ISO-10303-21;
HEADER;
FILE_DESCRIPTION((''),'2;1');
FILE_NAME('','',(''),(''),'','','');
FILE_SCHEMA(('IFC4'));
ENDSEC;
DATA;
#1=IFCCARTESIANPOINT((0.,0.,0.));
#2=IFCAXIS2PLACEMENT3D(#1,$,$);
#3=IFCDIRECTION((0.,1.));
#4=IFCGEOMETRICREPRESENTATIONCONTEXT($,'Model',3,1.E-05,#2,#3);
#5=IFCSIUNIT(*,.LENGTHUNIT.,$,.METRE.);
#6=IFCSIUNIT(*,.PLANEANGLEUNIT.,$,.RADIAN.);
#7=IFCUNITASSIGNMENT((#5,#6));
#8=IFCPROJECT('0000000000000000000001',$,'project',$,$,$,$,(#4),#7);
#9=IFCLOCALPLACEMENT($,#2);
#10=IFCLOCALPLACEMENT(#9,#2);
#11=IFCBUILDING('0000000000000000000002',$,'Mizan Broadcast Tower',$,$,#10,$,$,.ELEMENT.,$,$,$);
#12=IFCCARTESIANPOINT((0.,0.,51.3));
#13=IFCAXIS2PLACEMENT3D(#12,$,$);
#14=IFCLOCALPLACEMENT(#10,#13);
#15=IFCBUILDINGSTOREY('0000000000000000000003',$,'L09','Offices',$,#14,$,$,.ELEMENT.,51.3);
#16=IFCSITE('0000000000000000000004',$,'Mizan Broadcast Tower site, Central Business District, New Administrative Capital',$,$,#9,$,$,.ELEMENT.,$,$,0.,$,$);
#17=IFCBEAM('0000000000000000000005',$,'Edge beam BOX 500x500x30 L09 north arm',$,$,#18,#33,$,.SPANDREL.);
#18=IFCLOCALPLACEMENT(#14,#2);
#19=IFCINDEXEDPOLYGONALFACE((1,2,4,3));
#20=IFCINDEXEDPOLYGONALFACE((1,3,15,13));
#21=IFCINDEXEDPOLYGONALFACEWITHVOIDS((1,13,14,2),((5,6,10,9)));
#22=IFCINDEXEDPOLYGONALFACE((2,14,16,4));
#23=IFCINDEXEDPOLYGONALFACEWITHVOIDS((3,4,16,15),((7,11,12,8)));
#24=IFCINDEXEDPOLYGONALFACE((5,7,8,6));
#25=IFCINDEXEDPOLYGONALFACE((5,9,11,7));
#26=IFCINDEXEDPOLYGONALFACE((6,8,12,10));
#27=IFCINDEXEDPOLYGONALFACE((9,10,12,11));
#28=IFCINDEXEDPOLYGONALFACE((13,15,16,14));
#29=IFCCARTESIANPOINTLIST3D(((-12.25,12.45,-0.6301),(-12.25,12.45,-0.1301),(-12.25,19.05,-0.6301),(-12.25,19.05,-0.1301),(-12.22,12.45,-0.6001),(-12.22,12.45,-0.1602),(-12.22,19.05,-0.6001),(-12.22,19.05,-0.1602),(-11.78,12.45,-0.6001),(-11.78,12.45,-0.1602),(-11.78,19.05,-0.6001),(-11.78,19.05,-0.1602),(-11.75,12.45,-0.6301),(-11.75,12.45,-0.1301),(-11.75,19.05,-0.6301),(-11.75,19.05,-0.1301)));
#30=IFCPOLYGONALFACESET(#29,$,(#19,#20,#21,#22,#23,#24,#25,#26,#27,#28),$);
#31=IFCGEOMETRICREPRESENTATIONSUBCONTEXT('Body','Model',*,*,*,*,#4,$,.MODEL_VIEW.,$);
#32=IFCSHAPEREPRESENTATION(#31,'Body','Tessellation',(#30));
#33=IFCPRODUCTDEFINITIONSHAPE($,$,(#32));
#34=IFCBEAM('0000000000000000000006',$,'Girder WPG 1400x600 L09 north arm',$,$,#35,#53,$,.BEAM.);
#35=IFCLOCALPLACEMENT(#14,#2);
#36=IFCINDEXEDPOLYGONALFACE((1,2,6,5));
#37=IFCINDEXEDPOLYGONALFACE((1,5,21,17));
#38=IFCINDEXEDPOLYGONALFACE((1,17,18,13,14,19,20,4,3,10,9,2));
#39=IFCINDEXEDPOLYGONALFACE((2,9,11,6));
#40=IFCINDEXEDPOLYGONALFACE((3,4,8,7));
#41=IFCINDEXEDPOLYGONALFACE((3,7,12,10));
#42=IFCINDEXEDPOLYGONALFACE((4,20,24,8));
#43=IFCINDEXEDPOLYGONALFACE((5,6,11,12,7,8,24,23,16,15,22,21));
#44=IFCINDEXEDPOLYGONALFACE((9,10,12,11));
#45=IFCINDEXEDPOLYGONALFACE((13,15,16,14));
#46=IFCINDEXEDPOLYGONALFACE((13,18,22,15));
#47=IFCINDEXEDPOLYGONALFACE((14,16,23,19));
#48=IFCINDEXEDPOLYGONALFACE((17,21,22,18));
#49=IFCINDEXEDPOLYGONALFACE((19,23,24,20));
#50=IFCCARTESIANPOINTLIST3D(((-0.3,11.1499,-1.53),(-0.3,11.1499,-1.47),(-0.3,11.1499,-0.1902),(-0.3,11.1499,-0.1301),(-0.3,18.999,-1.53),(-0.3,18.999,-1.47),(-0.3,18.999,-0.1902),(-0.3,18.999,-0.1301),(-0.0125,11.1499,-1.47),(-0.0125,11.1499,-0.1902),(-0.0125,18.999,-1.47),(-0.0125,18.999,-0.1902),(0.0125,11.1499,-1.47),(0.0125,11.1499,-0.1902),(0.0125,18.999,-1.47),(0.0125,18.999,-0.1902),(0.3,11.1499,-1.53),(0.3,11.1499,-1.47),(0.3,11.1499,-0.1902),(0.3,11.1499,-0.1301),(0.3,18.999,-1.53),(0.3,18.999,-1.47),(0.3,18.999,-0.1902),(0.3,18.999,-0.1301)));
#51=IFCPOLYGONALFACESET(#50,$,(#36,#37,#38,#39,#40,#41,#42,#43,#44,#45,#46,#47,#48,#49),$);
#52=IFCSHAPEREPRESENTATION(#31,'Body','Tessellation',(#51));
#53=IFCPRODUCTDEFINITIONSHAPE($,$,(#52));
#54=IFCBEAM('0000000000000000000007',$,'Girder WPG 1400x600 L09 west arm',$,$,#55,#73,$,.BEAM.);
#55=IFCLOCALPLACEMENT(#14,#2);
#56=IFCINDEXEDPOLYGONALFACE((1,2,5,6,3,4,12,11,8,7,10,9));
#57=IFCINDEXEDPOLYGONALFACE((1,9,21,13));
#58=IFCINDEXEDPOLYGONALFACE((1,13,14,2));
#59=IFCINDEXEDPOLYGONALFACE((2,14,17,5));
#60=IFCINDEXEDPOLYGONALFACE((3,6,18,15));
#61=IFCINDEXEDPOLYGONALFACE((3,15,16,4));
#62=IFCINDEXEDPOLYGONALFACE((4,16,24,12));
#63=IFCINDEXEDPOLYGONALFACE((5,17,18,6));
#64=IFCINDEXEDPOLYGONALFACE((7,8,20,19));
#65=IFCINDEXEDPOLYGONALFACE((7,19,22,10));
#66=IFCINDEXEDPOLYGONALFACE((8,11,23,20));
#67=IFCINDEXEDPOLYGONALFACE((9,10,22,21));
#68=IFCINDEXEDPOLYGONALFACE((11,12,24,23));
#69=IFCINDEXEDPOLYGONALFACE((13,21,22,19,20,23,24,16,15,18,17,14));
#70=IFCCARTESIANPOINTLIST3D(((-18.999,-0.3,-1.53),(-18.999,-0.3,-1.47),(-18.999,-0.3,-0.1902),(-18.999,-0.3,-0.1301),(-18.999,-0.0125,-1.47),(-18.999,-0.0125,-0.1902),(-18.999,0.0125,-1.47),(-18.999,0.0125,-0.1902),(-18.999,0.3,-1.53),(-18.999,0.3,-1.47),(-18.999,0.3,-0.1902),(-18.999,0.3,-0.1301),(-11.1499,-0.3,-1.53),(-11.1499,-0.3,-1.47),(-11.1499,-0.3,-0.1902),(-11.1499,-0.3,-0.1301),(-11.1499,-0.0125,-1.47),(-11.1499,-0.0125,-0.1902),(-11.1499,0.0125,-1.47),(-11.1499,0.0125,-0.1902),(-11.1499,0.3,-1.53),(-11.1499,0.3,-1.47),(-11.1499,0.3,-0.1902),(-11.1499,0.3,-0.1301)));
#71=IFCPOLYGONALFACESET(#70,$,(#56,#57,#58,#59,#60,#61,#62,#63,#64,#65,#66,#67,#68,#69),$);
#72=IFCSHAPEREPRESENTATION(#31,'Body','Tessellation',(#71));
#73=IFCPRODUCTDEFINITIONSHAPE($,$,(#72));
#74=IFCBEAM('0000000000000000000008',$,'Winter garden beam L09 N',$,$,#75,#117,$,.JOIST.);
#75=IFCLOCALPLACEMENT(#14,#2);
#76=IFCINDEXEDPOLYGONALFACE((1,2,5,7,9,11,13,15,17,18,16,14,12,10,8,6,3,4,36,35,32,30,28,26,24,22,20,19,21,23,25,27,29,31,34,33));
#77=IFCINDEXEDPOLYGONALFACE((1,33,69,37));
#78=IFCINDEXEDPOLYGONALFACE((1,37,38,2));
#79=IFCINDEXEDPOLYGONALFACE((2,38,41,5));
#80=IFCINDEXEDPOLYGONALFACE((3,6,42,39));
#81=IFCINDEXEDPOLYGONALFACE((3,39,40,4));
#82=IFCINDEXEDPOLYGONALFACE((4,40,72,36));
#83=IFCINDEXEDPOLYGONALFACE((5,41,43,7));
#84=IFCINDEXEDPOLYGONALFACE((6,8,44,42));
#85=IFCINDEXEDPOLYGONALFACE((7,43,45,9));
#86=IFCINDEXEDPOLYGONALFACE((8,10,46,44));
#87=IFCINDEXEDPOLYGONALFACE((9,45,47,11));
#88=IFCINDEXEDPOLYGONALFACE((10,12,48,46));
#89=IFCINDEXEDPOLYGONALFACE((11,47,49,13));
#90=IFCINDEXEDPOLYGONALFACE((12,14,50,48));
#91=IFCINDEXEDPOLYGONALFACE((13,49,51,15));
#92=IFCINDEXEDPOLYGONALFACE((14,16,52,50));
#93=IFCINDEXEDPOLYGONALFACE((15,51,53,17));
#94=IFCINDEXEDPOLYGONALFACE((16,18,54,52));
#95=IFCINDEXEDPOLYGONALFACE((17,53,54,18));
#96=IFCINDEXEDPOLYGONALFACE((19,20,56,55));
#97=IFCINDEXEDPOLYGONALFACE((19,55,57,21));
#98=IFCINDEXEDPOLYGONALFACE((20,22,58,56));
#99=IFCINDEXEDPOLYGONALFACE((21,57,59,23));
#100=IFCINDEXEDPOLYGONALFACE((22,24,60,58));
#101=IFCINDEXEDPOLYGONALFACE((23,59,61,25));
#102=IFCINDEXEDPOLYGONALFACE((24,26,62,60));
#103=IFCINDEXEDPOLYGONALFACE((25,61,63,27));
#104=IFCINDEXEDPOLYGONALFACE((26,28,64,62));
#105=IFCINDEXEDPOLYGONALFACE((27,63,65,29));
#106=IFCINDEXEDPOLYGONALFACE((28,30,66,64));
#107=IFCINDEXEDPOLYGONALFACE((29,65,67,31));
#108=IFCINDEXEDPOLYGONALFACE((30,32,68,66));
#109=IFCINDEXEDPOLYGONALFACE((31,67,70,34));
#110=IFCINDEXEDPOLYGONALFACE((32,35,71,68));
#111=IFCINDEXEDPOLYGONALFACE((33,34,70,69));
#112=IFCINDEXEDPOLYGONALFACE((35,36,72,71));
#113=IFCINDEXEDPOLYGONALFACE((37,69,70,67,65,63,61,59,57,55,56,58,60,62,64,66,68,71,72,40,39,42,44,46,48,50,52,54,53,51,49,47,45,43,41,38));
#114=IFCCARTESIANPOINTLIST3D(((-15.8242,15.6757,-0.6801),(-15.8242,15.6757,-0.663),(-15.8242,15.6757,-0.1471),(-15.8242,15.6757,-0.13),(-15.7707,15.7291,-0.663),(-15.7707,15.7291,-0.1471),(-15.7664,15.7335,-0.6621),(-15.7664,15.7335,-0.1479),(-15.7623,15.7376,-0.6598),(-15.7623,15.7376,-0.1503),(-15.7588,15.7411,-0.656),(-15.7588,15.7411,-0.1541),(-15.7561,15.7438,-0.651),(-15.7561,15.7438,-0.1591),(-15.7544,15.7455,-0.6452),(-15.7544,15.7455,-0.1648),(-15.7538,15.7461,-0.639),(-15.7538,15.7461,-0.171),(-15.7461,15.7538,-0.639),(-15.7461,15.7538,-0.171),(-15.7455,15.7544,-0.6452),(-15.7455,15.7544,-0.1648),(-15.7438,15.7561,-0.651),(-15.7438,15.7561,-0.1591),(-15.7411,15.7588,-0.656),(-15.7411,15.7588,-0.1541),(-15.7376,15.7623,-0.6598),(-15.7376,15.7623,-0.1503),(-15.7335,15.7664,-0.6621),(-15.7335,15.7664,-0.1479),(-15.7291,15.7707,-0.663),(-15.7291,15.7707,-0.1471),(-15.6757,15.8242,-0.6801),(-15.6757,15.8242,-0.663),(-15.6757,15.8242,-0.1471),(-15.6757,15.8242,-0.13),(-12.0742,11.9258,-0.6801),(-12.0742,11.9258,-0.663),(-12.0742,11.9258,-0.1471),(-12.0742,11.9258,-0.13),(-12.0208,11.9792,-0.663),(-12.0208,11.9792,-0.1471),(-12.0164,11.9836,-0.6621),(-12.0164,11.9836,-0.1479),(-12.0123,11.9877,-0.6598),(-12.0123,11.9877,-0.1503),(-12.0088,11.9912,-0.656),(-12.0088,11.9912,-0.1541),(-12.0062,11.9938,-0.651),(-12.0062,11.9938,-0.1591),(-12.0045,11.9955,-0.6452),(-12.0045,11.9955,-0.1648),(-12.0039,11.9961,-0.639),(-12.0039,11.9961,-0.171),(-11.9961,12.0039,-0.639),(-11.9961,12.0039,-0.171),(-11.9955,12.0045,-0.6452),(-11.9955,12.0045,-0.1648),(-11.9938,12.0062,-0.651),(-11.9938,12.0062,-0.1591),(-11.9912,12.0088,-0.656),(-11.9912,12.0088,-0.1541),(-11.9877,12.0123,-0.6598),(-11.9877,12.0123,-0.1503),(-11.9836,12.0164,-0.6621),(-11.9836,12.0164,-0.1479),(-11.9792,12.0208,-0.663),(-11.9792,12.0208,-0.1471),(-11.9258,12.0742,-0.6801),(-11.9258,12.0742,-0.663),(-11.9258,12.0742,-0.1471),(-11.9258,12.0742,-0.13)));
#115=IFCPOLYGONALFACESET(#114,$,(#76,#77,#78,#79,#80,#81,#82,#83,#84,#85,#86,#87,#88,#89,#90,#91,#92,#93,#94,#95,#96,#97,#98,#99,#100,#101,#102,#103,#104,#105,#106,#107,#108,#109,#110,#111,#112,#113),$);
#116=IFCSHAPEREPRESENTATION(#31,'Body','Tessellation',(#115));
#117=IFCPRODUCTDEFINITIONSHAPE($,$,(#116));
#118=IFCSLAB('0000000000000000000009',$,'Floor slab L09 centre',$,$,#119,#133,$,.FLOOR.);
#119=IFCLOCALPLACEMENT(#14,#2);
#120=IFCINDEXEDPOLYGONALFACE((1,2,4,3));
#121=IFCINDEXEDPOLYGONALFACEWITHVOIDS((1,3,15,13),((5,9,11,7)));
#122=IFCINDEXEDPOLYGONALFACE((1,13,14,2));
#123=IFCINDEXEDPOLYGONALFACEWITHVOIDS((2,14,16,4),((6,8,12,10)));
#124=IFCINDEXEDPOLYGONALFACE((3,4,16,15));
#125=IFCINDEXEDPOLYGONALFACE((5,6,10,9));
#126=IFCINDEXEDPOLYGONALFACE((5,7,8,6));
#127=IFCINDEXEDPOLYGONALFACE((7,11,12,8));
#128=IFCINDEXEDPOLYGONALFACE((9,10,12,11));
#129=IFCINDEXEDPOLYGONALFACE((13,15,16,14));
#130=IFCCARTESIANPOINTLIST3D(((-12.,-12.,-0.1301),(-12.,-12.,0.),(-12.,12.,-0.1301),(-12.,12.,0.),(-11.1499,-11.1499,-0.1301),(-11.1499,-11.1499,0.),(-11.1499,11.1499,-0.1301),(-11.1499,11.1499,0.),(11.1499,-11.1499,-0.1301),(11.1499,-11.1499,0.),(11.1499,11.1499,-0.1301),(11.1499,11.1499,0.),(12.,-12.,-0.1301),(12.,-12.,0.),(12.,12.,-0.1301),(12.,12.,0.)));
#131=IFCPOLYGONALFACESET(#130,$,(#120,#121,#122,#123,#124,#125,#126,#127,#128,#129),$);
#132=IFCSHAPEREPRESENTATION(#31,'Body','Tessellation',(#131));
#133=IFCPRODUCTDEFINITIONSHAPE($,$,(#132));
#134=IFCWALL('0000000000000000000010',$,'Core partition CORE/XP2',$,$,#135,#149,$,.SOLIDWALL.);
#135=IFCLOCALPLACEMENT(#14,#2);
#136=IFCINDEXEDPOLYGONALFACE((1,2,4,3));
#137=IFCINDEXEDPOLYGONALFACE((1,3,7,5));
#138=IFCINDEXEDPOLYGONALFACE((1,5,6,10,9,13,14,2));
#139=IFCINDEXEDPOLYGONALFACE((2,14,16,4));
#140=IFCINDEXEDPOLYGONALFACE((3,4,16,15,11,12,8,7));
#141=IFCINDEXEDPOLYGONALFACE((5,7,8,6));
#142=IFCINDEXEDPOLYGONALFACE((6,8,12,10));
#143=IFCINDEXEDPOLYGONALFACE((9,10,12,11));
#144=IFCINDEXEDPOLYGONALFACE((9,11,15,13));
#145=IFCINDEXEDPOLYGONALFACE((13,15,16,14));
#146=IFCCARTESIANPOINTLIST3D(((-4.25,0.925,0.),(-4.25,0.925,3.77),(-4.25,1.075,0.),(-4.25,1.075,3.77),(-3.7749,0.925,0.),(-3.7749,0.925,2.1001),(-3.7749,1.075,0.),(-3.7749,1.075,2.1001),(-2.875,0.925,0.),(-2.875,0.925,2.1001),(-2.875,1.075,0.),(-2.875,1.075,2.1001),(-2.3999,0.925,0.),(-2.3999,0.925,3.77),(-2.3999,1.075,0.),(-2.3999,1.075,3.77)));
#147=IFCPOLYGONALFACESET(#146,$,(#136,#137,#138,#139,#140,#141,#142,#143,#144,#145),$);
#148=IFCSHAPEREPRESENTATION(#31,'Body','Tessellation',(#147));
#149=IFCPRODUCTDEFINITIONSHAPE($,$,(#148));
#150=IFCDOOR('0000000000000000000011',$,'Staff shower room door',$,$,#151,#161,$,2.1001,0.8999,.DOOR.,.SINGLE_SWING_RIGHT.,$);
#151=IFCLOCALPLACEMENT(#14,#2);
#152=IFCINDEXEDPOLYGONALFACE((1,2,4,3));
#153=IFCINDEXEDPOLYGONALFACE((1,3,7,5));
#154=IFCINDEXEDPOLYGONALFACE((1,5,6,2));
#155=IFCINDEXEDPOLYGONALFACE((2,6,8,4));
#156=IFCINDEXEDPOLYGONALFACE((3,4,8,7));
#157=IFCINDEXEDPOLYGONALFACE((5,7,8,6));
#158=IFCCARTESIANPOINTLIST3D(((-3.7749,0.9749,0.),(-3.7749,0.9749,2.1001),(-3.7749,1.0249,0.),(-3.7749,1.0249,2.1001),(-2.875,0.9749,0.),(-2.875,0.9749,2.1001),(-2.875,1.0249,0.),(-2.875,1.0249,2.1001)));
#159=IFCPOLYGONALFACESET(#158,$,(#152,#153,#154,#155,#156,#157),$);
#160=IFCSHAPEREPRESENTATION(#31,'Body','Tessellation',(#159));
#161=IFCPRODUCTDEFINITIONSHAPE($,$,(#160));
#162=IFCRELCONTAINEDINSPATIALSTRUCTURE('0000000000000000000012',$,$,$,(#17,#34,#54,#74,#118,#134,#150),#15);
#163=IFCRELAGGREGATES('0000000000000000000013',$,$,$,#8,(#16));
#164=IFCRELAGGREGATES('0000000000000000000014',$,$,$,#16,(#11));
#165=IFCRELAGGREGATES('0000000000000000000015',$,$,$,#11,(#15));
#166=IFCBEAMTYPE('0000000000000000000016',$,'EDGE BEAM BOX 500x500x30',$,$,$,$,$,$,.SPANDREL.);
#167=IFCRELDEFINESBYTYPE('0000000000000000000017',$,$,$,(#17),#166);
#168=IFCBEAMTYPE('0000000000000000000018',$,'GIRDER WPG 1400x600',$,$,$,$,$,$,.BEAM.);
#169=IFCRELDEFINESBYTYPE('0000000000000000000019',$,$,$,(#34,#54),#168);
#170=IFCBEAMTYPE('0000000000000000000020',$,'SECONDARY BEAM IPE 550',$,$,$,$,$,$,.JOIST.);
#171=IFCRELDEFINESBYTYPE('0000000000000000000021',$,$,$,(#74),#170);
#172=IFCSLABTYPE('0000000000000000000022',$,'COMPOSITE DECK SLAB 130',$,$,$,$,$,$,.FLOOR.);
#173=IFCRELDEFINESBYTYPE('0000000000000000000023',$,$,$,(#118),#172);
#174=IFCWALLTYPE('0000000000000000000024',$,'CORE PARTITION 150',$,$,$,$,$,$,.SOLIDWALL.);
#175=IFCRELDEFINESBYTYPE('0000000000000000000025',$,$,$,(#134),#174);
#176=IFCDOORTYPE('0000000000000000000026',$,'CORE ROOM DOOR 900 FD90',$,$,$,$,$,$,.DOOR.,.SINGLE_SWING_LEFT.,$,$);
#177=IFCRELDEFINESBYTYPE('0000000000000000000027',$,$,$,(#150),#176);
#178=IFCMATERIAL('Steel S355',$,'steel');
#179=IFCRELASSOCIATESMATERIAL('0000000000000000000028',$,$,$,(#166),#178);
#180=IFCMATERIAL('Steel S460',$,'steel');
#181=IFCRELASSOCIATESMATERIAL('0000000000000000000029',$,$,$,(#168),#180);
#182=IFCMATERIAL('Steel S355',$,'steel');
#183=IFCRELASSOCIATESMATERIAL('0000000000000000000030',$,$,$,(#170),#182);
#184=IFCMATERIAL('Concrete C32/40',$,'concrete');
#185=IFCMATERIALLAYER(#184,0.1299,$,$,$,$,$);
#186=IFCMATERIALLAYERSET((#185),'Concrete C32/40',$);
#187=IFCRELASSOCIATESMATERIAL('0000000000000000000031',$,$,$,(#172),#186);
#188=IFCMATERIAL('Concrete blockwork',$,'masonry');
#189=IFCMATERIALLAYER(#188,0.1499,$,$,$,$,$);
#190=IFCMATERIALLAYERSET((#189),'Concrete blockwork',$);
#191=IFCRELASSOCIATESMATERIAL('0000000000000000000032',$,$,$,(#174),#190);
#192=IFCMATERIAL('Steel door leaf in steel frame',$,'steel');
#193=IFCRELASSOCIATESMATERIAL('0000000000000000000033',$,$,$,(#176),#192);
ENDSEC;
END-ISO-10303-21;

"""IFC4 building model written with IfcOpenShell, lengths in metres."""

from ifc_helpers import new_model, si_unit, direction, frame, frame_2d, origin, origin_2d, place, context, subcontext, project, spatial, polyline, rectangle, hollow_rectangle, i_section, outline, extrude, material, layer, layer_set, material_profile, profile_set, type_object, element, fill, save


model = new_model("IFC4")

# Units and contexts
model_context = context("Model", 3, precision=1e-05, world=origin(), true_north=direction((0.0, 1.0)))
body_context = subcontext(model_context, "Body", "Model", "MODEL_VIEW")
ifc_project = project(units=[si_unit("LENGTHUNIT", "METRE"), si_unit("PLANEANGLEUNIT", "RADIAN")], contexts=[model_context])

# Site, building, storey
site_placement = place(None, origin())
site = spatial("IfcSite", under=ifc_project, at=site_placement, Name="Mizan Broadcast Tower site, Central Business District, New Administrative Capital", CompositionType="ELEMENT", RefElevation=0.0)
building_placement = place(site_placement, origin())
building = spatial("IfcBuilding", under=site, at=building_placement, Name="Mizan Broadcast Tower", CompositionType="ELEMENT")
storey_placement = place(building_placement, frame((0.0, 0.0, 51.3)))
storey = spatial("IfcBuildingStorey", under=building, at=storey_placement, Name="L09", Description="Offices", CompositionType="ELEMENT", Elevation=51.3)

# Beams
ifc_material_1 = material(Name="Steel S355", Category="steel")
ifc_material_profile_1 = material_profile(ifc_material_1, hollow_rectangle(XDim=0.5, YDim=0.5, WallThickness=0.03, at=origin_2d()), Name="BOX 500x500x30")
ifc_profile_set_1 = profile_set([ifc_material_profile_1], Name="Steel S355")
beam_type_1 = type_object("IfcBeamType", Name="EDGE BEAM BOX 500x500x30", PredefinedType="SPANDREL", material=ifc_profile_set_1)
beam_1_placement = place(storey_placement, frame((-12.0, 12.45, -0.3801), z_axis=(0.0, 1.0, 0.0), x_axis=(-1.0, 0.0, 0.0)))
element("IfcBeam", 1, at=beam_1_placement, inside=storey, type_object=beam_type_1, Name="Edge beam BOX 500x500x30 L09 north arm", PredefinedType="SPANDREL", context=body_context, shape_type="SweptSolid", body=[
    extrude(hollow_rectangle(XDim=0.5, YDim=0.5, WallThickness=0.03, at=origin_2d()), origin(), (0.0, 0.0, 1.0), 6.6001),
])
ifc_material_2 = material(Name="Steel S460", Category="steel")
ifc_material_profile_2 = material_profile(ifc_material_2, i_section(OverallWidth=0.6001, OverallDepth=1.3999, WebThickness=0.0249, FlangeThickness=0.0601, at=origin_2d()), Name="WPG 1400x600")
ifc_profile_set_2 = profile_set([ifc_material_profile_2], Name="Steel S460")
beam_type_2 = type_object("IfcBeamType", Name="GIRDER WPG 1400x600", PredefinedType="BEAM", material=ifc_profile_set_2)
for number, where, z_axis, x_axis, name in (
    (2, (0.0, 11.1499, -0.8301), (0.0, 1.0, 0.0), (-1.0, 0.0, 0.0), "Girder WPG 1400x600 L09 north arm"),
    (3, (-11.1499, 0.0, -0.8301), (-1.0, 0.0, 0.0), (0.0, -1.0, 0.0), "Girder WPG 1400x600 L09 west arm"),
):
    element("IfcBeam", number, at=place(storey_placement, frame(where, z_axis=z_axis, x_axis=x_axis)), inside=storey, type_object=beam_type_2, Name=name, PredefinedType="BEAM", context=body_context, shape_type="SweptSolid", body=[
        extrude(i_section(OverallWidth=0.6001, OverallDepth=1.3999, WebThickness=0.0249, FlangeThickness=0.0601, at=origin_2d()), origin(), (0.0, 0.0, 1.0), 7.8491),
    ])
ifc_material_3 = material(Name="Steel S355", Category="steel")
ifc_material_profile_3 = material_profile(ifc_material_3, i_section(OverallWidth=0.21, OverallDepth=0.55, WebThickness=0.011, FlangeThickness=0.0171, FilletRadius=0.0239, at=origin_2d()), Name="IPE 550")
ifc_profile_set_3 = profile_set([ifc_material_profile_3], Name="Steel S355")
beam_type_3 = type_object("IfcBeamType", Name="SECONDARY BEAM IPE 550", PredefinedType="JOIST", material=ifc_profile_set_3)
beam_2_placement = place(storey_placement, frame((-12.0, 12.0, -0.405), z_axis=(-0.707107, 0.707107, 0.0), x_axis=(-0.707107, -0.707107, 0.0)))
element("IfcBeam", 4, at=beam_2_placement, inside=storey, type_object=beam_type_3, Name="Winter garden beam L09 N", PredefinedType="JOIST", context=body_context, shape_type="SweptSolid", body=[
    extrude(i_section(OverallWidth=0.21, OverallDepth=0.55, WebThickness=0.011, FlangeThickness=0.0171, FilletRadius=0.0239, at=origin_2d()), origin(), (0.0, 0.0, 1.0), 5.3032),
])

# Slab
ifc_material_4 = material(Name="Concrete C32/40", Category="concrete")
ifc_layer_1 = layer(ifc_material_4, 0.1299)
ifc_layer_set_1 = layer_set([ifc_layer_1], Name="Concrete C32/40")
slab_type = type_object("IfcSlabType", Name="COMPOSITE DECK SLAB 130", PredefinedType="FLOOR", material=ifc_layer_set_1)
slab_placement = place(storey_placement, frame((0.0, 0.0, -0.1301)))
element("IfcSlab", 5, at=slab_placement, inside=storey, type_object=slab_type, Name="Floor slab L09 centre", PredefinedType="FLOOR", context=body_context, shape_type="SweptSolid", body=[
    extrude(outline(polyline([(-12.0, -12.0), (12.0, -12.0), (12.0, 12.0), (-12.0, 12.0), (-12.0, -12.0)]), holes=[polyline([(-11.1499, 11.1499), (11.1499, 11.1499), (11.1499, -11.1499), (-11.1499, -11.1499), (-11.1499, 11.1499)])]), origin(), (0.0, 0.0, 1.0), 0.1301),
])

# Wall, opening, door
ifc_material_5 = material(Name="Concrete blockwork", Category="masonry")
ifc_layer_2 = layer(ifc_material_5, 0.1499)
ifc_layer_set_2 = layer_set([ifc_layer_2], Name="Concrete blockwork")
wall_type_1 = type_object("IfcWallType", Name="CORE PARTITION 150", PredefinedType="SOLIDWALL", material=ifc_layer_set_2)
wall_1_placement = place(storey_placement, frame((-4.25, 1.0, 0.0), z_axis=(0.0, 0.0, 1.0), x_axis=(1.0, 0.0, 0.0)))
wall_1 = element("IfcWall", 6, at=wall_1_placement, inside=storey, type_object=wall_type_1, Name="Core partition CORE/XP2", PredefinedType="SOLIDWALL", context=body_context, shape_type="SweptSolid", body=[
    extrude(rectangle(XDim=1.8501, YDim=0.1499, at=frame_2d((0.925, 0.0))), origin(), (0.0, 0.0, 1.0), 3.77),
])
opening_1_placement = place(wall_1_placement, frame((0.4751, 0.0, 0.0)))
opening_1 = element("IfcOpeningElement", 7, at=opening_1_placement, cuts=wall_1, PredefinedType="OPENING", context=body_context, shape_type="SweptSolid", body=[
    extrude(rectangle(XDim=0.8999, YDim=2.1001, at=frame_2d((0.45, 1.05))), frame((0.0, 0.085, 0.0), z_axis=(0.0, -1.0, 0.0), x_axis=(1.0, 0.0, 0.0)), (0.0, 0.0, 1.0), 0.1699),
])
ifc_material_6 = material(Name="Steel door leaf in steel frame", Category="steel")
door_type_1 = type_object("IfcDoorType", Name="CORE ROOM DOOR 900 FD90", OperationType="SINGLE_SWING_LEFT", PredefinedType="DOOR", material=ifc_material_6)
door_1_placement = place(opening_1_placement, origin())
door_1 = element("IfcDoor", 8, at=door_1_placement, inside=storey, type_object=door_type_1, Name="Staff shower room door", OperationType="SINGLE_SWING_RIGHT", OverallHeight=2.1001, OverallWidth=0.8999, PredefinedType="DOOR", context=body_context, shape_type="SweptSolid", body=[
    extrude(rectangle(XDim=0.8999, YDim=2.1001, at=frame_2d((0.45, 1.05))), frame((0.0, 0.0249, 0.0), z_axis=(0.0, -1.0, 0.0), x_axis=(1.0, 0.0, 0.0)), (0.0, 0.0, 1.0), 0.05),
])
fill(opening_1, door_1)

save(model, "model.ifc")
